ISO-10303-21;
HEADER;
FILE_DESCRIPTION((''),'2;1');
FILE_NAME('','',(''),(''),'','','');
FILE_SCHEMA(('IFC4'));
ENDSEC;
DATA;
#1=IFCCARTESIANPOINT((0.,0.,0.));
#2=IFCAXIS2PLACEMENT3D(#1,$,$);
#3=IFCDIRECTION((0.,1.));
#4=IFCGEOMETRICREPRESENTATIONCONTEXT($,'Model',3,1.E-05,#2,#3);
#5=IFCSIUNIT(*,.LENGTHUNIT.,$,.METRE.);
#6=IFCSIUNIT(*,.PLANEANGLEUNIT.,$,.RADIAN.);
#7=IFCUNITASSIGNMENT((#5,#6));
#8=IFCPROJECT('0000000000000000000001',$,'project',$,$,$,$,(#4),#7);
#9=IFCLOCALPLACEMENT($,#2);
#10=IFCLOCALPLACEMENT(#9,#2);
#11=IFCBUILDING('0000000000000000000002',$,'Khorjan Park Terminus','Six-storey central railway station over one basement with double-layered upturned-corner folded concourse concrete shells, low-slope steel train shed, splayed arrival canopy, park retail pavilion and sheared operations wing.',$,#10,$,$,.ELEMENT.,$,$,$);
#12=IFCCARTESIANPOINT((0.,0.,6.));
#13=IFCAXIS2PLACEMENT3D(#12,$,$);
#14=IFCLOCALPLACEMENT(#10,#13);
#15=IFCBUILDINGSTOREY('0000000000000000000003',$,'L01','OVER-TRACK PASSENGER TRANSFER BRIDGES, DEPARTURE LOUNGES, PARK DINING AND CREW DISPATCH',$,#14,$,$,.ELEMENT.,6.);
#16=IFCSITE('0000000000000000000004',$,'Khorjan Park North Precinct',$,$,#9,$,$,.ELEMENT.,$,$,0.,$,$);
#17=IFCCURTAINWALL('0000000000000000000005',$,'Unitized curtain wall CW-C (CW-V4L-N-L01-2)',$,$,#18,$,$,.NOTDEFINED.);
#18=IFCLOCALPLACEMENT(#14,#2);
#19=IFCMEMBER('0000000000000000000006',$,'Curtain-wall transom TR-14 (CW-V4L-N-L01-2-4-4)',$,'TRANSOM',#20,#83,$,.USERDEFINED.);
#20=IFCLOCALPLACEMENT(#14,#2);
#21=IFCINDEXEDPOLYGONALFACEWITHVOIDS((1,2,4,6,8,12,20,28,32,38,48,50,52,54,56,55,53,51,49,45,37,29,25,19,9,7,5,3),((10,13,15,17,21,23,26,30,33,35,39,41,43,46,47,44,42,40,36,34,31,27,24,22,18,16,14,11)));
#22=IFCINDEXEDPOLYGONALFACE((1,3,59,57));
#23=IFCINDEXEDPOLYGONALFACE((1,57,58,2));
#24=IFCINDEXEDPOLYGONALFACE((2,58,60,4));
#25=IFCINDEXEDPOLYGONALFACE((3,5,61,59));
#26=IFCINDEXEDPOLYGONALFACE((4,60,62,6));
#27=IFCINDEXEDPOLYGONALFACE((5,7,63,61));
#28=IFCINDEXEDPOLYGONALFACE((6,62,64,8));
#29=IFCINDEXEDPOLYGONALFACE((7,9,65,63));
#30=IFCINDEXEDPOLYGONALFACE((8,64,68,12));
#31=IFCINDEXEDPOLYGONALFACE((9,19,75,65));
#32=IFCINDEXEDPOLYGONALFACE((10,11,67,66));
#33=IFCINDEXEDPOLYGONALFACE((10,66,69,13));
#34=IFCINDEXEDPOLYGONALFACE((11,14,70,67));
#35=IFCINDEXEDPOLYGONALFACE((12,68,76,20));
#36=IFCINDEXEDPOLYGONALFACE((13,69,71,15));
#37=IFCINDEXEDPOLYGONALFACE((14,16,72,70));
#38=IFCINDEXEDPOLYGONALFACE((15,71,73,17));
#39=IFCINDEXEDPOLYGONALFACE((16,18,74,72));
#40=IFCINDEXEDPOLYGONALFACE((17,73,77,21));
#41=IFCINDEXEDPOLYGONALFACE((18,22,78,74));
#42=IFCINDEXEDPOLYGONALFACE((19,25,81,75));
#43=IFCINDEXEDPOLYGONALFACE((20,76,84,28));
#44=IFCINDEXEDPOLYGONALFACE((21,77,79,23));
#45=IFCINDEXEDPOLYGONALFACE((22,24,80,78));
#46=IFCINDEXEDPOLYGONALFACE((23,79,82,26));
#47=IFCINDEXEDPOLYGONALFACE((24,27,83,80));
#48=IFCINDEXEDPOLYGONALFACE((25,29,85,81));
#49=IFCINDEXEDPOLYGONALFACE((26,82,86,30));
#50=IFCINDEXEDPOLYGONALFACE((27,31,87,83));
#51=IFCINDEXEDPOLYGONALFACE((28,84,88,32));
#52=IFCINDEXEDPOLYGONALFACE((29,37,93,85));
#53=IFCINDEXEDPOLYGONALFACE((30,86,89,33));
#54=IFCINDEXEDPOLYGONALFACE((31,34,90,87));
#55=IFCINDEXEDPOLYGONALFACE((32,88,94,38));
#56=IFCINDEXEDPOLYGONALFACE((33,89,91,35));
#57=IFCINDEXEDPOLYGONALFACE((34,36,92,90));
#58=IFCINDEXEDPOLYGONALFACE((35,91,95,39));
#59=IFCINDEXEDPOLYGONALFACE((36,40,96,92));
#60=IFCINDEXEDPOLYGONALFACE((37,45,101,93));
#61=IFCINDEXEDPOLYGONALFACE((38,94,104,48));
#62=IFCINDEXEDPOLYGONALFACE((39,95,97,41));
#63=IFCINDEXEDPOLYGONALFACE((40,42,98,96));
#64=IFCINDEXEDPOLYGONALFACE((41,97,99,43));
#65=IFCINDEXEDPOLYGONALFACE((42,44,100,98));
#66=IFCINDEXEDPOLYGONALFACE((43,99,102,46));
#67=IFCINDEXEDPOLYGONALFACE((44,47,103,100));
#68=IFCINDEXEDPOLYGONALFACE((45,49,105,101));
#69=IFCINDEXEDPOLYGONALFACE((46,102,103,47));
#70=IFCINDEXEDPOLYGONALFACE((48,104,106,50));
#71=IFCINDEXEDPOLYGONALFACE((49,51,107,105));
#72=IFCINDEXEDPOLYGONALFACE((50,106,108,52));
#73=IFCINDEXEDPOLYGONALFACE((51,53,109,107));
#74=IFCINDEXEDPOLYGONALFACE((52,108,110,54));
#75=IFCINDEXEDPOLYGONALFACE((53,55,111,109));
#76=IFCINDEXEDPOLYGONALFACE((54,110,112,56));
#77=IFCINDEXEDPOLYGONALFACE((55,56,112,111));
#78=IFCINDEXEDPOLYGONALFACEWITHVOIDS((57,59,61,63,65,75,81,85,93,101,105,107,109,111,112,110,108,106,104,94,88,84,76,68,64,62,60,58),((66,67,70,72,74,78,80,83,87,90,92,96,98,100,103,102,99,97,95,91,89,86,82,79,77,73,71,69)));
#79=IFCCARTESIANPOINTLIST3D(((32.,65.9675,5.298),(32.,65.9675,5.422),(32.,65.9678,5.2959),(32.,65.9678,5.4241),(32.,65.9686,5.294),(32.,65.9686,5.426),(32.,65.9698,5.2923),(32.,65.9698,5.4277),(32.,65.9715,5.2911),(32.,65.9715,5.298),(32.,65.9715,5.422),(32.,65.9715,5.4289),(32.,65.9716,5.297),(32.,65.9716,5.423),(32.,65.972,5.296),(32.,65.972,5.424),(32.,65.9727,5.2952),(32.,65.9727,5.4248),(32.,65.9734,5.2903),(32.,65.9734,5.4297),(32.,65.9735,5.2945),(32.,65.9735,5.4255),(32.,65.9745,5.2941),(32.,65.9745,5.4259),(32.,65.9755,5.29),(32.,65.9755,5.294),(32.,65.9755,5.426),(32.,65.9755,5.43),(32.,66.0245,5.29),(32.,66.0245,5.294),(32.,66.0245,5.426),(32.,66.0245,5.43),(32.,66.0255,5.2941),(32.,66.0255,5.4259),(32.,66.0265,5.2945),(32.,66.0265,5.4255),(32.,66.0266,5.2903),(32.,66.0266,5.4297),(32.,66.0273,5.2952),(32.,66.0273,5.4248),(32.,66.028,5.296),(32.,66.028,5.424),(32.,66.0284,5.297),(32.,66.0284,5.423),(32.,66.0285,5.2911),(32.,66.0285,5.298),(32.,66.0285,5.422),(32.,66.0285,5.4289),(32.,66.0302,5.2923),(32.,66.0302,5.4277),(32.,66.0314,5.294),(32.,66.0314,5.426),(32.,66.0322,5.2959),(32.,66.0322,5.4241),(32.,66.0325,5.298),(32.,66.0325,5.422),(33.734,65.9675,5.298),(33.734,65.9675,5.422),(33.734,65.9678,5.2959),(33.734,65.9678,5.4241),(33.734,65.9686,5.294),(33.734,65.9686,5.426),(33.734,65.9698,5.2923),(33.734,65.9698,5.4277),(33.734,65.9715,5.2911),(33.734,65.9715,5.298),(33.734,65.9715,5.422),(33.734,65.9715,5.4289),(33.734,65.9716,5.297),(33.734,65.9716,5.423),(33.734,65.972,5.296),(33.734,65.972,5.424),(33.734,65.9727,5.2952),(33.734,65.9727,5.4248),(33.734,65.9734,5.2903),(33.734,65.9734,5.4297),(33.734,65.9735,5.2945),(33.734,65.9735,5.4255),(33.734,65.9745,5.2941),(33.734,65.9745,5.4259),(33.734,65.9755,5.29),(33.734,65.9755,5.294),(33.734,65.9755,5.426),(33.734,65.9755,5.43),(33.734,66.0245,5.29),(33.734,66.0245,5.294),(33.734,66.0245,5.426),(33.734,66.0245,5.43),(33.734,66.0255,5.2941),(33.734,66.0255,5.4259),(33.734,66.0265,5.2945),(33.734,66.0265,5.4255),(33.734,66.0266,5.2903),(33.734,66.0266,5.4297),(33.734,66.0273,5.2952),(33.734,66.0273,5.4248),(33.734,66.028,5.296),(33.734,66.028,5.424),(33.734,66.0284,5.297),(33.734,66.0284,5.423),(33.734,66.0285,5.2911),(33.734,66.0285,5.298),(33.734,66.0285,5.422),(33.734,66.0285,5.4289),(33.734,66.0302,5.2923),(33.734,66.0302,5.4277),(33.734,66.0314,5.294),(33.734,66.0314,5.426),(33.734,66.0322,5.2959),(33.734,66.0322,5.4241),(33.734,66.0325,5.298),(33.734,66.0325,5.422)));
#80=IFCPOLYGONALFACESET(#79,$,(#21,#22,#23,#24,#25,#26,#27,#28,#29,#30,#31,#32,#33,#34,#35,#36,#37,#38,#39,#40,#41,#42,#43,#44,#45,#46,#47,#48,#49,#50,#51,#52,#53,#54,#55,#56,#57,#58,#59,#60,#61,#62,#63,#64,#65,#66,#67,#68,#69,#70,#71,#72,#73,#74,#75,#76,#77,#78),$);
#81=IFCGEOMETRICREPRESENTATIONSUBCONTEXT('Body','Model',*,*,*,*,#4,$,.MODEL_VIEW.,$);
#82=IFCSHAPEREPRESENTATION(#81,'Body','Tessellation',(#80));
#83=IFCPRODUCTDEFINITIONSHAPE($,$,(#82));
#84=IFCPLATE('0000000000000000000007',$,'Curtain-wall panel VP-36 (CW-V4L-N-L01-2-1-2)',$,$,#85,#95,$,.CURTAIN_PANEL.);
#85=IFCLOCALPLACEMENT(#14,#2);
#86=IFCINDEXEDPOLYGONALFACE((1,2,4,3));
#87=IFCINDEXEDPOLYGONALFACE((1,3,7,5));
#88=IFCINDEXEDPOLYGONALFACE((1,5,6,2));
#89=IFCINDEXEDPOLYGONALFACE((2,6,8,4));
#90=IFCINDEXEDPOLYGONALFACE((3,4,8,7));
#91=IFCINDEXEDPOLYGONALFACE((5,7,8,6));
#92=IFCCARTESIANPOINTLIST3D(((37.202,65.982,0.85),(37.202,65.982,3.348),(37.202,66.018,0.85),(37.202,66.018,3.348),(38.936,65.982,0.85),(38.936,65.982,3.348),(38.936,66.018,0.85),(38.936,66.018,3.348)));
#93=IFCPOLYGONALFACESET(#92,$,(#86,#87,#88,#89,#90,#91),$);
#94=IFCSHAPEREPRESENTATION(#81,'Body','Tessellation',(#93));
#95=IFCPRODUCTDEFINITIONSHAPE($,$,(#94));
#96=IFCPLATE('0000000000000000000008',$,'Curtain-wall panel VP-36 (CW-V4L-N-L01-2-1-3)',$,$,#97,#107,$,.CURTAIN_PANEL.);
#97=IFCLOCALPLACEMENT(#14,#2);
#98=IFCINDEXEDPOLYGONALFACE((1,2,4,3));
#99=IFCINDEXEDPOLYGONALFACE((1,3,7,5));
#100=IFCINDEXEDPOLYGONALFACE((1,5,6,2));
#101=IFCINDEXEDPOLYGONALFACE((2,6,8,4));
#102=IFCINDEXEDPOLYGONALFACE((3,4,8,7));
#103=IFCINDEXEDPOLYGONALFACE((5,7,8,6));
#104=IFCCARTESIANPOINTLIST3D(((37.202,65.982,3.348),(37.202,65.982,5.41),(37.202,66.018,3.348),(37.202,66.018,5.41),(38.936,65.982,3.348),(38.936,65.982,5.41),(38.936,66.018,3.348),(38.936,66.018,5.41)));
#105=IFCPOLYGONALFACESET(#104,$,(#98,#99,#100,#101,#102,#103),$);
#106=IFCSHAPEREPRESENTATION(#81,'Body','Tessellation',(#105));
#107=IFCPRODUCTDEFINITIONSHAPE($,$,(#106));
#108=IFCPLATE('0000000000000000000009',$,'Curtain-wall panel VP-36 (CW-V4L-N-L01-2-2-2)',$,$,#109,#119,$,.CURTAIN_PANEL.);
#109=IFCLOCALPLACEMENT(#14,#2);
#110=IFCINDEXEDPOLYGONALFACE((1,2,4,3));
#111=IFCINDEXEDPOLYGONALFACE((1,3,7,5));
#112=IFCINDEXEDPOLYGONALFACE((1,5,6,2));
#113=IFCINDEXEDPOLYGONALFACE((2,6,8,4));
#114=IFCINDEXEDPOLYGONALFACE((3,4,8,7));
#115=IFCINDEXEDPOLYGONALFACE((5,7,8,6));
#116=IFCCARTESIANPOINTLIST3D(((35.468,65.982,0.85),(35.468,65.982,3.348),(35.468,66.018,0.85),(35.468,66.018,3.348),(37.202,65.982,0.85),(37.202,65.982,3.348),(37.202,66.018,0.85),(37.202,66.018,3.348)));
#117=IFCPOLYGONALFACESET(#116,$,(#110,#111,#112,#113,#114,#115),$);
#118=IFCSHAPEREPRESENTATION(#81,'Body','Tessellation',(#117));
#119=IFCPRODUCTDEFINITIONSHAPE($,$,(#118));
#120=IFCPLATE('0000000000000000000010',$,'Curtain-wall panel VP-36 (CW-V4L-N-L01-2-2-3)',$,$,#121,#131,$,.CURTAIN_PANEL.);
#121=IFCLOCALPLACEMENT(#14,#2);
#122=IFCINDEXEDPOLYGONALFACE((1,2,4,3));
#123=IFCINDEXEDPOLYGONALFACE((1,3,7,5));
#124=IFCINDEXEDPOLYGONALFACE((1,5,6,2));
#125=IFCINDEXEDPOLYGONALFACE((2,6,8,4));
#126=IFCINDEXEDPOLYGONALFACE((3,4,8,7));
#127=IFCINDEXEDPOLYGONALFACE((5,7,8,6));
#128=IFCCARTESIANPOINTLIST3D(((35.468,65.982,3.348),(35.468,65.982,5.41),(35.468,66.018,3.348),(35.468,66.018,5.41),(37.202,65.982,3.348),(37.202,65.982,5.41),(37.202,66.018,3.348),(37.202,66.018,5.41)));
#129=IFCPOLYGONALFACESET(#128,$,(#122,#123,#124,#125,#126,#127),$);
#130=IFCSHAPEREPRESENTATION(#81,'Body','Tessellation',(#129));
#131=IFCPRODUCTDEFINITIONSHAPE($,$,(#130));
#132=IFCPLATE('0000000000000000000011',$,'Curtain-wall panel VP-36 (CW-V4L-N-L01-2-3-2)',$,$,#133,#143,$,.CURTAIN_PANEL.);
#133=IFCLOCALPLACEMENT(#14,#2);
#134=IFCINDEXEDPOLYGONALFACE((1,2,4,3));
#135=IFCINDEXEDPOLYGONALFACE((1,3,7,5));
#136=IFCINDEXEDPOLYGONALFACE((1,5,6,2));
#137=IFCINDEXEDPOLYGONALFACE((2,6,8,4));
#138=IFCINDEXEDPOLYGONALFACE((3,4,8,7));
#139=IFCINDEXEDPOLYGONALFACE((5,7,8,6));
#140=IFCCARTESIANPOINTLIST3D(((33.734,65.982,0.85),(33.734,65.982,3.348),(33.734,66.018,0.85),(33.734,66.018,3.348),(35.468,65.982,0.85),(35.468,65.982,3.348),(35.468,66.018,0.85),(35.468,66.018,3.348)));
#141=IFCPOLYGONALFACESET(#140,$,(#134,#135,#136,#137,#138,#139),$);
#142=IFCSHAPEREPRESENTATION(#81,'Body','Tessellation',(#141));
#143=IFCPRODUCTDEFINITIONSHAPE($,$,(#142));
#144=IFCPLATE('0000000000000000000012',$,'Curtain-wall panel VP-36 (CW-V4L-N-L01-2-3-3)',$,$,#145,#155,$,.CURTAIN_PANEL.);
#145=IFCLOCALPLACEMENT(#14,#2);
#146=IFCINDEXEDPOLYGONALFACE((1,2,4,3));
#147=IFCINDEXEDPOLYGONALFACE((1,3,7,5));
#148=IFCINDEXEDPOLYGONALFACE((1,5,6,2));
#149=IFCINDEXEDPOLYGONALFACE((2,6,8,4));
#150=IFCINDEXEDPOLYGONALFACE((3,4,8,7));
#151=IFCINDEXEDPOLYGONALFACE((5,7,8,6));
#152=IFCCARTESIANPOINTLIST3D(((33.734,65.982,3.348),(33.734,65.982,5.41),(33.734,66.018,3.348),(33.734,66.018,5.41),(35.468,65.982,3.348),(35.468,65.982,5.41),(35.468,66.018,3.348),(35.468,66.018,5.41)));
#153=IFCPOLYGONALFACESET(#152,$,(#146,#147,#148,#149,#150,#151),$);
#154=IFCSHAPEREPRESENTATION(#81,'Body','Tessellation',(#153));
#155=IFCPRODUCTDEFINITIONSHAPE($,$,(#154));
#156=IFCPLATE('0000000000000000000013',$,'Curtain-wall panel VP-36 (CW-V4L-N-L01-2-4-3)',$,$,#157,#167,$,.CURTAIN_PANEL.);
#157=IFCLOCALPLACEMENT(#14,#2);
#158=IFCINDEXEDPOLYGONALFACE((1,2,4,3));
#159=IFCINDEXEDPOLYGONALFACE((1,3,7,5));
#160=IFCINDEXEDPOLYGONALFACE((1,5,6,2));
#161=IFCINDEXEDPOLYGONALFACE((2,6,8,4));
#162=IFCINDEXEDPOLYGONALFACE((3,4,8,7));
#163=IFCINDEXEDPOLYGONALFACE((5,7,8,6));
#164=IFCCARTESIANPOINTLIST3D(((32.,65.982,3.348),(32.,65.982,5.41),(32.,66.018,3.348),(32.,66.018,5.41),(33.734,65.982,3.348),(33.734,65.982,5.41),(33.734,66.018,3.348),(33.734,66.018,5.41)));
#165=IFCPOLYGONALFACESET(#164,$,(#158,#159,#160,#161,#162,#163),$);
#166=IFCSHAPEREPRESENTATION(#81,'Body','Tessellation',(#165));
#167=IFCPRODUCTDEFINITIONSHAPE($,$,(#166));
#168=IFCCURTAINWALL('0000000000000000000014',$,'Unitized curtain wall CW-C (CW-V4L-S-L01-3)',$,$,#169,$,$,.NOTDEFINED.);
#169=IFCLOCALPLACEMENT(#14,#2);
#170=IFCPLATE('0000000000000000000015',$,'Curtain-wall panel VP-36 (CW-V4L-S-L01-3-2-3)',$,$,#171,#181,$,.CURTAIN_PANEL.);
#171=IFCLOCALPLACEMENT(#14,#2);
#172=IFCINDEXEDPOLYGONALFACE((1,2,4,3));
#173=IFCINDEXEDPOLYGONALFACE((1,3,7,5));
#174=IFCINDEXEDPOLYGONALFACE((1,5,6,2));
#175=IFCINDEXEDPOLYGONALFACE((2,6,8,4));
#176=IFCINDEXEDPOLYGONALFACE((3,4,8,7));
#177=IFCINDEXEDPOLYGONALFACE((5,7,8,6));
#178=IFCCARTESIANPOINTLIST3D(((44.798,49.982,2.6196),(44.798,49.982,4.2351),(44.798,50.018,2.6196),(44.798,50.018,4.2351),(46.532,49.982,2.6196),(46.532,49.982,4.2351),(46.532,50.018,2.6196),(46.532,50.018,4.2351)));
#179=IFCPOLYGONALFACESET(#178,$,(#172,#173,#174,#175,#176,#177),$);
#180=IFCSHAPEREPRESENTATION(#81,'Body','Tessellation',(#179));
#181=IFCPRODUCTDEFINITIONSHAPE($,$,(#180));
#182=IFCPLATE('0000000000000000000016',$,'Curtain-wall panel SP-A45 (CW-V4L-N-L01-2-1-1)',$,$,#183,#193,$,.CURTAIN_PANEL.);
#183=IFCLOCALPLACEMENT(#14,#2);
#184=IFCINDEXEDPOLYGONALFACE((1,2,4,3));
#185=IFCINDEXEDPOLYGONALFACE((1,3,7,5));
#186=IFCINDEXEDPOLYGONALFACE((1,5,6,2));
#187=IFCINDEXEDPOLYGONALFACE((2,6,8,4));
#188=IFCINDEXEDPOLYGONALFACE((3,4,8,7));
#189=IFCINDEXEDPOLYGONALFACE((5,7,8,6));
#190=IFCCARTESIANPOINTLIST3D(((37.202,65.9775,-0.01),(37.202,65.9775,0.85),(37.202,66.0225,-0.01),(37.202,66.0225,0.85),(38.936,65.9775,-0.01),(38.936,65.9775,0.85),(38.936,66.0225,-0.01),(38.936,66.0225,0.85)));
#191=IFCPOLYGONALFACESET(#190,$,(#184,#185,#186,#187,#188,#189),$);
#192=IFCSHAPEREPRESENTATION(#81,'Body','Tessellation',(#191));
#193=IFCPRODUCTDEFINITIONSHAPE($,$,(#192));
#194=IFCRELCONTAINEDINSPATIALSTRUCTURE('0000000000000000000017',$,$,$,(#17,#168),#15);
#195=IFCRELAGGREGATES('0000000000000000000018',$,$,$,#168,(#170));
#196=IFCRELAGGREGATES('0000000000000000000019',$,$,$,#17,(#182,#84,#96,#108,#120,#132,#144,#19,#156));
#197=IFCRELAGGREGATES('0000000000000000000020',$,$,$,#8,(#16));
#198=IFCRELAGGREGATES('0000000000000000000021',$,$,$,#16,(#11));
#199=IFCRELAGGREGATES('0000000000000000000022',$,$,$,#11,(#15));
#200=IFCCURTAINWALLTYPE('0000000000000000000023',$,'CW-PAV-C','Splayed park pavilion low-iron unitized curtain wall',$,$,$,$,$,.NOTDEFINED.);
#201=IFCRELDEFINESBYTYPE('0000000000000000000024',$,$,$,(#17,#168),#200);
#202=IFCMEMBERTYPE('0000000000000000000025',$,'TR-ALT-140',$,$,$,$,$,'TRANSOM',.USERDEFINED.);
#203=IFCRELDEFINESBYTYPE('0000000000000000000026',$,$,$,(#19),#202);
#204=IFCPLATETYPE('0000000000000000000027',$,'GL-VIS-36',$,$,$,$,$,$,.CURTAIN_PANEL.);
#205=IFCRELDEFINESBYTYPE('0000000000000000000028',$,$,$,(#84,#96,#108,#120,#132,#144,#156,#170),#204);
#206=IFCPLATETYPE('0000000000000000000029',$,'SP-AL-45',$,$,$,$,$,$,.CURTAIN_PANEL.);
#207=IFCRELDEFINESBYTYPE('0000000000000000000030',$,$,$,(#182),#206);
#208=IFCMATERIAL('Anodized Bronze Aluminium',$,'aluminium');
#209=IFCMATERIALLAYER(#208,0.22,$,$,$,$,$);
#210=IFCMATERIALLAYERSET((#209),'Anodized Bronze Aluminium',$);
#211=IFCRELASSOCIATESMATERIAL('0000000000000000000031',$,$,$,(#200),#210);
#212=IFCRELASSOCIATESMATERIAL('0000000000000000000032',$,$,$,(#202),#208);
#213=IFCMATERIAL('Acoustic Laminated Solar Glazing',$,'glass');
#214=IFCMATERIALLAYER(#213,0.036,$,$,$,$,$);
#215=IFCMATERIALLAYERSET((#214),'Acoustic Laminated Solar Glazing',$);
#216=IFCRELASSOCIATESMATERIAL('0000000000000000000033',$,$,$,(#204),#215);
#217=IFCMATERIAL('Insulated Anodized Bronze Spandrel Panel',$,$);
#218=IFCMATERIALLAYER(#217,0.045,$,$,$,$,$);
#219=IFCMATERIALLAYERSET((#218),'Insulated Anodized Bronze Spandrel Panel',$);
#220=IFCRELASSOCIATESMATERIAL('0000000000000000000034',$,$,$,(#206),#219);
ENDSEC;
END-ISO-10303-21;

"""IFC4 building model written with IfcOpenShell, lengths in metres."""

from ifc_helpers import new_model, si_unit, direction, frame, origin, origin_2d, place, context, subcontext, project, spatial, rectangle, hollow_rectangle, extrude, material, layer, layer_set, material_profile, profile_set, type_object, element, aggregate, save


model = new_model("IFC4")

# Units and contexts
model_context = context("Model", 3, precision=1e-05, world=origin(), true_north=direction((0.0, 1.0)))
body_context = subcontext(model_context, "Body", "Model", "MODEL_VIEW")
ifc_project = project(units=[si_unit("LENGTHUNIT", "METRE"), si_unit("PLANEANGLEUNIT", "RADIAN")], contexts=[model_context])

# Site, building, storey
site_placement = place(None, origin())
site = spatial("IfcSite", under=ifc_project, at=site_placement, Name="Khorjan Park North Precinct", CompositionType="ELEMENT", RefElevation=0.0)
building_placement = place(site_placement, origin())
building = spatial("IfcBuilding", under=site, at=building_placement, Name="Khorjan Park Terminus", Description="Six-storey central railway station over one basement with double-layered upturned-corner folded concourse concrete shells, low-slope steel train shed, splayed arrival canopy, park retail pavilion and sheared operations wing.", CompositionType="ELEMENT")
storey_placement = place(building_placement, frame((0.0, 0.0, 6.0)))
storey = spatial("IfcBuildingStorey", under=building, at=storey_placement, Name="L01", Description="OVER-TRACK PASSENGER TRANSFER BRIDGES, DEPARTURE LOUNGES, PARK DINING AND CREW DISPATCH", CompositionType="ELEMENT", Elevation=6.0)

# Curtain wall, member, plates
ifc_material_1 = material(Name="Anodized Bronze Aluminium", Category="aluminium")
ifc_layer_1 = layer(ifc_material_1, 0.22)
ifc_layer_set_1 = layer_set([ifc_layer_1], Name="Anodized Bronze Aluminium")
curtain_wall_type = type_object("IfcCurtainWallType", Name="CW-PAV-C", Description="Splayed park pavilion low-iron unitized curtain wall", PredefinedType="NOTDEFINED", material=ifc_layer_set_1)
curtain_wall_1_placement = place(storey_placement, origin())
curtain_wall_1 = element("IfcCurtainWall", 1, at=curtain_wall_1_placement, inside=storey, type_object=curtain_wall_type, Name="Unitized curtain wall CW-C (CW-V4L-N-L01-2)", PredefinedType="NOTDEFINED")
ifc_material_profile_1 = material_profile(ifc_material_1, hollow_rectangle(XDim=0.065, YDim=0.14, WallThickness=0.004, InnerFilletRadius=0.004, OuterFilletRadius=0.008, at=origin_2d()), Name="ALT 65x140x4")
ifc_profile_set_1 = profile_set([ifc_material_profile_1], Name="Anodized Bronze Aluminium")
member_type_1 = type_object("IfcMemberType", Name="TR-ALT-140", ElementType="TRANSOM", PredefinedType="USERDEFINED", material=ifc_profile_set_1)
member_1_placement = place(storey_placement, frame((33.734, 66.0, 5.36), z_axis=(-1.0, 0.0, 0.0), x_axis=(0.0, -1.0, 0.0)))
member_1 = element("IfcMember", 2, at=member_1_placement, type_object=member_type_1, Name="Curtain-wall transom TR-14 (CW-V4L-N-L01-2-4-4)", ObjectType="TRANSOM", PredefinedType="USERDEFINED", context=body_context, shape_type="SweptSolid", body=[
    extrude(hollow_rectangle(XDim=0.065, YDim=0.14, WallThickness=0.004, InnerFilletRadius=0.004, OuterFilletRadius=0.008, at=origin_2d()), origin(), (0.0, 0.0, 1.0), 1.734),
])
ifc_material_2 = material(Name="Acoustic Laminated Solar Glazing", Category="glass")
ifc_layer_2 = layer(ifc_material_2, 0.036)
ifc_layer_set_2 = layer_set([ifc_layer_2], Name="Acoustic Laminated Solar Glazing")
plate_type_1 = type_object("IfcPlateType", Name="GL-VIS-36", PredefinedType="CURTAIN_PANEL", material=ifc_layer_set_2)
plate_1_placement = place(storey_placement, frame((38.069, 66.0, 0.85), z_axis=(0.0, 0.0, 1.0), x_axis=(-1.0, 0.0, 0.0)))
plate_1 = element("IfcPlate", 3, at=plate_1_placement, type_object=plate_type_1, Name="Curtain-wall panel VP-36 (CW-V4L-N-L01-2-1-2)", PredefinedType="CURTAIN_PANEL", context=body_context, shape_type="SweptSolid", body=[
    extrude(rectangle(XDim=1.734, YDim=0.036, at=origin_2d()), origin(), (0.0, 0.0, 1.0), 2.498),
])
plate_2_placement = place(storey_placement, frame((38.069, 66.0, 3.348), z_axis=(0.0, 0.0, 1.0), x_axis=(-1.0, 0.0, 0.0)))
plate_2 = element("IfcPlate", 4, at=plate_2_placement, type_object=plate_type_1, Name="Curtain-wall panel VP-36 (CW-V4L-N-L01-2-1-3)", PredefinedType="CURTAIN_PANEL", context=body_context, shape_type="SweptSolid", body=[
    extrude(rectangle(XDim=1.734, YDim=0.036, at=origin_2d()), origin(), (0.0, 0.0, 1.0), 2.062),
])
plate_3_placement = place(storey_placement, frame((36.335, 66.0, 0.85), z_axis=(0.0, 0.0, 1.0), x_axis=(-1.0, 0.0, 0.0)))
plate_3 = element("IfcPlate", 5, at=plate_3_placement, type_object=plate_type_1, Name="Curtain-wall panel VP-36 (CW-V4L-N-L01-2-2-2)", PredefinedType="CURTAIN_PANEL", context=body_context, shape_type="SweptSolid", body=[
    extrude(rectangle(XDim=1.734, YDim=0.036, at=origin_2d()), origin(), (0.0, 0.0, 1.0), 2.498),
])
plate_4_placement = place(storey_placement, frame((36.335, 66.0, 3.348), z_axis=(0.0, 0.0, 1.0), x_axis=(-1.0, 0.0, 0.0)))
plate_4 = element("IfcPlate", 6, at=plate_4_placement, type_object=plate_type_1, Name="Curtain-wall panel VP-36 (CW-V4L-N-L01-2-2-3)", PredefinedType="CURTAIN_PANEL", context=body_context, shape_type="SweptSolid", body=[
    extrude(rectangle(XDim=1.734, YDim=0.036, at=origin_2d()), origin(), (0.0, 0.0, 1.0), 2.062),
])
plate_5_placement = place(storey_placement, frame((34.601, 66.0, 0.85), z_axis=(0.0, 0.0, 1.0), x_axis=(-1.0, 0.0, 0.0)))
plate_5 = element("IfcPlate", 7, at=plate_5_placement, type_object=plate_type_1, Name="Curtain-wall panel VP-36 (CW-V4L-N-L01-2-3-2)", PredefinedType="CURTAIN_PANEL", context=body_context, shape_type="SweptSolid", body=[
    extrude(rectangle(XDim=1.734, YDim=0.036, at=origin_2d()), origin(), (0.0, 0.0, 1.0), 2.498),
])
plate_6_placement = place(storey_placement, frame((34.601, 66.0, 3.348), z_axis=(0.0, 0.0, 1.0), x_axis=(-1.0, 0.0, 0.0)))
plate_6 = element("IfcPlate", 8, at=plate_6_placement, type_object=plate_type_1, Name="Curtain-wall panel VP-36 (CW-V4L-N-L01-2-3-3)", PredefinedType="CURTAIN_PANEL", context=body_context, shape_type="SweptSolid", body=[
    extrude(rectangle(XDim=1.734, YDim=0.036, at=origin_2d()), origin(), (0.0, 0.0, 1.0), 2.062),
])
plate_7_placement = place(storey_placement, frame((32.867, 66.0, 3.348), z_axis=(0.0, 0.0, 1.0), x_axis=(-1.0, 0.0, 0.0)))
plate_7 = element("IfcPlate", 9, at=plate_7_placement, type_object=plate_type_1, Name="Curtain-wall panel VP-36 (CW-V4L-N-L01-2-4-3)", PredefinedType="CURTAIN_PANEL", context=body_context, shape_type="SweptSolid", body=[
    extrude(rectangle(XDim=1.734, YDim=0.036, at=origin_2d()), origin(), (0.0, 0.0, 1.0), 2.062),
])

# Curtain wall, plate
curtain_wall_2_placement = place(storey_placement, origin())
curtain_wall_2 = element("IfcCurtainWall", 10, at=curtain_wall_2_placement, inside=storey, type_object=curtain_wall_type, Name="Unitized curtain wall CW-C (CW-V4L-S-L01-3)", PredefinedType="NOTDEFINED")
plate_8_placement = place(storey_placement, frame((45.665, 50.0, 2.6196), z_axis=(0.0, 0.0, 1.0), x_axis=(1.0, 0.0, 0.0)))
plate_8 = element("IfcPlate", 11, at=plate_8_placement, type_object=plate_type_1, Name="Curtain-wall panel VP-36 (CW-V4L-S-L01-3-2-3)", PredefinedType="CURTAIN_PANEL", context=body_context, shape_type="SweptSolid", body=[
    extrude(rectangle(XDim=1.734, YDim=0.036, at=origin_2d()), origin(), (0.0, 0.0, 1.0), 1.6155),
])
aggregate(curtain_wall_2, [plate_8])

# Plate
ifc_material_3 = material(Name="Insulated Anodized Bronze Spandrel Panel")
ifc_layer_3 = layer(ifc_material_3, 0.045)
ifc_layer_set_3 = layer_set([ifc_layer_3], Name="Insulated Anodized Bronze Spandrel Panel")
plate_type_2 = type_object("IfcPlateType", Name="SP-AL-45", PredefinedType="CURTAIN_PANEL", material=ifc_layer_set_3)
plate_9_placement = place(storey_placement, frame((38.069, 66.0, -0.01), z_axis=(0.0, 0.0, 1.0), x_axis=(-1.0, 0.0, 0.0)))
plate_9 = element("IfcPlate", 12, at=plate_9_placement, type_object=plate_type_2, Name="Curtain-wall panel SP-A45 (CW-V4L-N-L01-2-1-1)", PredefinedType="CURTAIN_PANEL", context=body_context, shape_type="SweptSolid", body=[
    extrude(rectangle(XDim=1.734, YDim=0.045, at=origin_2d()), origin(), (0.0, 0.0, 1.0), 0.86),
])
aggregate(curtain_wall_1, [plate_9, plate_1, plate_2, plate_3, plate_4, plate_5, plate_6, member_1, plate_7])

save(model, "model.ifc")
